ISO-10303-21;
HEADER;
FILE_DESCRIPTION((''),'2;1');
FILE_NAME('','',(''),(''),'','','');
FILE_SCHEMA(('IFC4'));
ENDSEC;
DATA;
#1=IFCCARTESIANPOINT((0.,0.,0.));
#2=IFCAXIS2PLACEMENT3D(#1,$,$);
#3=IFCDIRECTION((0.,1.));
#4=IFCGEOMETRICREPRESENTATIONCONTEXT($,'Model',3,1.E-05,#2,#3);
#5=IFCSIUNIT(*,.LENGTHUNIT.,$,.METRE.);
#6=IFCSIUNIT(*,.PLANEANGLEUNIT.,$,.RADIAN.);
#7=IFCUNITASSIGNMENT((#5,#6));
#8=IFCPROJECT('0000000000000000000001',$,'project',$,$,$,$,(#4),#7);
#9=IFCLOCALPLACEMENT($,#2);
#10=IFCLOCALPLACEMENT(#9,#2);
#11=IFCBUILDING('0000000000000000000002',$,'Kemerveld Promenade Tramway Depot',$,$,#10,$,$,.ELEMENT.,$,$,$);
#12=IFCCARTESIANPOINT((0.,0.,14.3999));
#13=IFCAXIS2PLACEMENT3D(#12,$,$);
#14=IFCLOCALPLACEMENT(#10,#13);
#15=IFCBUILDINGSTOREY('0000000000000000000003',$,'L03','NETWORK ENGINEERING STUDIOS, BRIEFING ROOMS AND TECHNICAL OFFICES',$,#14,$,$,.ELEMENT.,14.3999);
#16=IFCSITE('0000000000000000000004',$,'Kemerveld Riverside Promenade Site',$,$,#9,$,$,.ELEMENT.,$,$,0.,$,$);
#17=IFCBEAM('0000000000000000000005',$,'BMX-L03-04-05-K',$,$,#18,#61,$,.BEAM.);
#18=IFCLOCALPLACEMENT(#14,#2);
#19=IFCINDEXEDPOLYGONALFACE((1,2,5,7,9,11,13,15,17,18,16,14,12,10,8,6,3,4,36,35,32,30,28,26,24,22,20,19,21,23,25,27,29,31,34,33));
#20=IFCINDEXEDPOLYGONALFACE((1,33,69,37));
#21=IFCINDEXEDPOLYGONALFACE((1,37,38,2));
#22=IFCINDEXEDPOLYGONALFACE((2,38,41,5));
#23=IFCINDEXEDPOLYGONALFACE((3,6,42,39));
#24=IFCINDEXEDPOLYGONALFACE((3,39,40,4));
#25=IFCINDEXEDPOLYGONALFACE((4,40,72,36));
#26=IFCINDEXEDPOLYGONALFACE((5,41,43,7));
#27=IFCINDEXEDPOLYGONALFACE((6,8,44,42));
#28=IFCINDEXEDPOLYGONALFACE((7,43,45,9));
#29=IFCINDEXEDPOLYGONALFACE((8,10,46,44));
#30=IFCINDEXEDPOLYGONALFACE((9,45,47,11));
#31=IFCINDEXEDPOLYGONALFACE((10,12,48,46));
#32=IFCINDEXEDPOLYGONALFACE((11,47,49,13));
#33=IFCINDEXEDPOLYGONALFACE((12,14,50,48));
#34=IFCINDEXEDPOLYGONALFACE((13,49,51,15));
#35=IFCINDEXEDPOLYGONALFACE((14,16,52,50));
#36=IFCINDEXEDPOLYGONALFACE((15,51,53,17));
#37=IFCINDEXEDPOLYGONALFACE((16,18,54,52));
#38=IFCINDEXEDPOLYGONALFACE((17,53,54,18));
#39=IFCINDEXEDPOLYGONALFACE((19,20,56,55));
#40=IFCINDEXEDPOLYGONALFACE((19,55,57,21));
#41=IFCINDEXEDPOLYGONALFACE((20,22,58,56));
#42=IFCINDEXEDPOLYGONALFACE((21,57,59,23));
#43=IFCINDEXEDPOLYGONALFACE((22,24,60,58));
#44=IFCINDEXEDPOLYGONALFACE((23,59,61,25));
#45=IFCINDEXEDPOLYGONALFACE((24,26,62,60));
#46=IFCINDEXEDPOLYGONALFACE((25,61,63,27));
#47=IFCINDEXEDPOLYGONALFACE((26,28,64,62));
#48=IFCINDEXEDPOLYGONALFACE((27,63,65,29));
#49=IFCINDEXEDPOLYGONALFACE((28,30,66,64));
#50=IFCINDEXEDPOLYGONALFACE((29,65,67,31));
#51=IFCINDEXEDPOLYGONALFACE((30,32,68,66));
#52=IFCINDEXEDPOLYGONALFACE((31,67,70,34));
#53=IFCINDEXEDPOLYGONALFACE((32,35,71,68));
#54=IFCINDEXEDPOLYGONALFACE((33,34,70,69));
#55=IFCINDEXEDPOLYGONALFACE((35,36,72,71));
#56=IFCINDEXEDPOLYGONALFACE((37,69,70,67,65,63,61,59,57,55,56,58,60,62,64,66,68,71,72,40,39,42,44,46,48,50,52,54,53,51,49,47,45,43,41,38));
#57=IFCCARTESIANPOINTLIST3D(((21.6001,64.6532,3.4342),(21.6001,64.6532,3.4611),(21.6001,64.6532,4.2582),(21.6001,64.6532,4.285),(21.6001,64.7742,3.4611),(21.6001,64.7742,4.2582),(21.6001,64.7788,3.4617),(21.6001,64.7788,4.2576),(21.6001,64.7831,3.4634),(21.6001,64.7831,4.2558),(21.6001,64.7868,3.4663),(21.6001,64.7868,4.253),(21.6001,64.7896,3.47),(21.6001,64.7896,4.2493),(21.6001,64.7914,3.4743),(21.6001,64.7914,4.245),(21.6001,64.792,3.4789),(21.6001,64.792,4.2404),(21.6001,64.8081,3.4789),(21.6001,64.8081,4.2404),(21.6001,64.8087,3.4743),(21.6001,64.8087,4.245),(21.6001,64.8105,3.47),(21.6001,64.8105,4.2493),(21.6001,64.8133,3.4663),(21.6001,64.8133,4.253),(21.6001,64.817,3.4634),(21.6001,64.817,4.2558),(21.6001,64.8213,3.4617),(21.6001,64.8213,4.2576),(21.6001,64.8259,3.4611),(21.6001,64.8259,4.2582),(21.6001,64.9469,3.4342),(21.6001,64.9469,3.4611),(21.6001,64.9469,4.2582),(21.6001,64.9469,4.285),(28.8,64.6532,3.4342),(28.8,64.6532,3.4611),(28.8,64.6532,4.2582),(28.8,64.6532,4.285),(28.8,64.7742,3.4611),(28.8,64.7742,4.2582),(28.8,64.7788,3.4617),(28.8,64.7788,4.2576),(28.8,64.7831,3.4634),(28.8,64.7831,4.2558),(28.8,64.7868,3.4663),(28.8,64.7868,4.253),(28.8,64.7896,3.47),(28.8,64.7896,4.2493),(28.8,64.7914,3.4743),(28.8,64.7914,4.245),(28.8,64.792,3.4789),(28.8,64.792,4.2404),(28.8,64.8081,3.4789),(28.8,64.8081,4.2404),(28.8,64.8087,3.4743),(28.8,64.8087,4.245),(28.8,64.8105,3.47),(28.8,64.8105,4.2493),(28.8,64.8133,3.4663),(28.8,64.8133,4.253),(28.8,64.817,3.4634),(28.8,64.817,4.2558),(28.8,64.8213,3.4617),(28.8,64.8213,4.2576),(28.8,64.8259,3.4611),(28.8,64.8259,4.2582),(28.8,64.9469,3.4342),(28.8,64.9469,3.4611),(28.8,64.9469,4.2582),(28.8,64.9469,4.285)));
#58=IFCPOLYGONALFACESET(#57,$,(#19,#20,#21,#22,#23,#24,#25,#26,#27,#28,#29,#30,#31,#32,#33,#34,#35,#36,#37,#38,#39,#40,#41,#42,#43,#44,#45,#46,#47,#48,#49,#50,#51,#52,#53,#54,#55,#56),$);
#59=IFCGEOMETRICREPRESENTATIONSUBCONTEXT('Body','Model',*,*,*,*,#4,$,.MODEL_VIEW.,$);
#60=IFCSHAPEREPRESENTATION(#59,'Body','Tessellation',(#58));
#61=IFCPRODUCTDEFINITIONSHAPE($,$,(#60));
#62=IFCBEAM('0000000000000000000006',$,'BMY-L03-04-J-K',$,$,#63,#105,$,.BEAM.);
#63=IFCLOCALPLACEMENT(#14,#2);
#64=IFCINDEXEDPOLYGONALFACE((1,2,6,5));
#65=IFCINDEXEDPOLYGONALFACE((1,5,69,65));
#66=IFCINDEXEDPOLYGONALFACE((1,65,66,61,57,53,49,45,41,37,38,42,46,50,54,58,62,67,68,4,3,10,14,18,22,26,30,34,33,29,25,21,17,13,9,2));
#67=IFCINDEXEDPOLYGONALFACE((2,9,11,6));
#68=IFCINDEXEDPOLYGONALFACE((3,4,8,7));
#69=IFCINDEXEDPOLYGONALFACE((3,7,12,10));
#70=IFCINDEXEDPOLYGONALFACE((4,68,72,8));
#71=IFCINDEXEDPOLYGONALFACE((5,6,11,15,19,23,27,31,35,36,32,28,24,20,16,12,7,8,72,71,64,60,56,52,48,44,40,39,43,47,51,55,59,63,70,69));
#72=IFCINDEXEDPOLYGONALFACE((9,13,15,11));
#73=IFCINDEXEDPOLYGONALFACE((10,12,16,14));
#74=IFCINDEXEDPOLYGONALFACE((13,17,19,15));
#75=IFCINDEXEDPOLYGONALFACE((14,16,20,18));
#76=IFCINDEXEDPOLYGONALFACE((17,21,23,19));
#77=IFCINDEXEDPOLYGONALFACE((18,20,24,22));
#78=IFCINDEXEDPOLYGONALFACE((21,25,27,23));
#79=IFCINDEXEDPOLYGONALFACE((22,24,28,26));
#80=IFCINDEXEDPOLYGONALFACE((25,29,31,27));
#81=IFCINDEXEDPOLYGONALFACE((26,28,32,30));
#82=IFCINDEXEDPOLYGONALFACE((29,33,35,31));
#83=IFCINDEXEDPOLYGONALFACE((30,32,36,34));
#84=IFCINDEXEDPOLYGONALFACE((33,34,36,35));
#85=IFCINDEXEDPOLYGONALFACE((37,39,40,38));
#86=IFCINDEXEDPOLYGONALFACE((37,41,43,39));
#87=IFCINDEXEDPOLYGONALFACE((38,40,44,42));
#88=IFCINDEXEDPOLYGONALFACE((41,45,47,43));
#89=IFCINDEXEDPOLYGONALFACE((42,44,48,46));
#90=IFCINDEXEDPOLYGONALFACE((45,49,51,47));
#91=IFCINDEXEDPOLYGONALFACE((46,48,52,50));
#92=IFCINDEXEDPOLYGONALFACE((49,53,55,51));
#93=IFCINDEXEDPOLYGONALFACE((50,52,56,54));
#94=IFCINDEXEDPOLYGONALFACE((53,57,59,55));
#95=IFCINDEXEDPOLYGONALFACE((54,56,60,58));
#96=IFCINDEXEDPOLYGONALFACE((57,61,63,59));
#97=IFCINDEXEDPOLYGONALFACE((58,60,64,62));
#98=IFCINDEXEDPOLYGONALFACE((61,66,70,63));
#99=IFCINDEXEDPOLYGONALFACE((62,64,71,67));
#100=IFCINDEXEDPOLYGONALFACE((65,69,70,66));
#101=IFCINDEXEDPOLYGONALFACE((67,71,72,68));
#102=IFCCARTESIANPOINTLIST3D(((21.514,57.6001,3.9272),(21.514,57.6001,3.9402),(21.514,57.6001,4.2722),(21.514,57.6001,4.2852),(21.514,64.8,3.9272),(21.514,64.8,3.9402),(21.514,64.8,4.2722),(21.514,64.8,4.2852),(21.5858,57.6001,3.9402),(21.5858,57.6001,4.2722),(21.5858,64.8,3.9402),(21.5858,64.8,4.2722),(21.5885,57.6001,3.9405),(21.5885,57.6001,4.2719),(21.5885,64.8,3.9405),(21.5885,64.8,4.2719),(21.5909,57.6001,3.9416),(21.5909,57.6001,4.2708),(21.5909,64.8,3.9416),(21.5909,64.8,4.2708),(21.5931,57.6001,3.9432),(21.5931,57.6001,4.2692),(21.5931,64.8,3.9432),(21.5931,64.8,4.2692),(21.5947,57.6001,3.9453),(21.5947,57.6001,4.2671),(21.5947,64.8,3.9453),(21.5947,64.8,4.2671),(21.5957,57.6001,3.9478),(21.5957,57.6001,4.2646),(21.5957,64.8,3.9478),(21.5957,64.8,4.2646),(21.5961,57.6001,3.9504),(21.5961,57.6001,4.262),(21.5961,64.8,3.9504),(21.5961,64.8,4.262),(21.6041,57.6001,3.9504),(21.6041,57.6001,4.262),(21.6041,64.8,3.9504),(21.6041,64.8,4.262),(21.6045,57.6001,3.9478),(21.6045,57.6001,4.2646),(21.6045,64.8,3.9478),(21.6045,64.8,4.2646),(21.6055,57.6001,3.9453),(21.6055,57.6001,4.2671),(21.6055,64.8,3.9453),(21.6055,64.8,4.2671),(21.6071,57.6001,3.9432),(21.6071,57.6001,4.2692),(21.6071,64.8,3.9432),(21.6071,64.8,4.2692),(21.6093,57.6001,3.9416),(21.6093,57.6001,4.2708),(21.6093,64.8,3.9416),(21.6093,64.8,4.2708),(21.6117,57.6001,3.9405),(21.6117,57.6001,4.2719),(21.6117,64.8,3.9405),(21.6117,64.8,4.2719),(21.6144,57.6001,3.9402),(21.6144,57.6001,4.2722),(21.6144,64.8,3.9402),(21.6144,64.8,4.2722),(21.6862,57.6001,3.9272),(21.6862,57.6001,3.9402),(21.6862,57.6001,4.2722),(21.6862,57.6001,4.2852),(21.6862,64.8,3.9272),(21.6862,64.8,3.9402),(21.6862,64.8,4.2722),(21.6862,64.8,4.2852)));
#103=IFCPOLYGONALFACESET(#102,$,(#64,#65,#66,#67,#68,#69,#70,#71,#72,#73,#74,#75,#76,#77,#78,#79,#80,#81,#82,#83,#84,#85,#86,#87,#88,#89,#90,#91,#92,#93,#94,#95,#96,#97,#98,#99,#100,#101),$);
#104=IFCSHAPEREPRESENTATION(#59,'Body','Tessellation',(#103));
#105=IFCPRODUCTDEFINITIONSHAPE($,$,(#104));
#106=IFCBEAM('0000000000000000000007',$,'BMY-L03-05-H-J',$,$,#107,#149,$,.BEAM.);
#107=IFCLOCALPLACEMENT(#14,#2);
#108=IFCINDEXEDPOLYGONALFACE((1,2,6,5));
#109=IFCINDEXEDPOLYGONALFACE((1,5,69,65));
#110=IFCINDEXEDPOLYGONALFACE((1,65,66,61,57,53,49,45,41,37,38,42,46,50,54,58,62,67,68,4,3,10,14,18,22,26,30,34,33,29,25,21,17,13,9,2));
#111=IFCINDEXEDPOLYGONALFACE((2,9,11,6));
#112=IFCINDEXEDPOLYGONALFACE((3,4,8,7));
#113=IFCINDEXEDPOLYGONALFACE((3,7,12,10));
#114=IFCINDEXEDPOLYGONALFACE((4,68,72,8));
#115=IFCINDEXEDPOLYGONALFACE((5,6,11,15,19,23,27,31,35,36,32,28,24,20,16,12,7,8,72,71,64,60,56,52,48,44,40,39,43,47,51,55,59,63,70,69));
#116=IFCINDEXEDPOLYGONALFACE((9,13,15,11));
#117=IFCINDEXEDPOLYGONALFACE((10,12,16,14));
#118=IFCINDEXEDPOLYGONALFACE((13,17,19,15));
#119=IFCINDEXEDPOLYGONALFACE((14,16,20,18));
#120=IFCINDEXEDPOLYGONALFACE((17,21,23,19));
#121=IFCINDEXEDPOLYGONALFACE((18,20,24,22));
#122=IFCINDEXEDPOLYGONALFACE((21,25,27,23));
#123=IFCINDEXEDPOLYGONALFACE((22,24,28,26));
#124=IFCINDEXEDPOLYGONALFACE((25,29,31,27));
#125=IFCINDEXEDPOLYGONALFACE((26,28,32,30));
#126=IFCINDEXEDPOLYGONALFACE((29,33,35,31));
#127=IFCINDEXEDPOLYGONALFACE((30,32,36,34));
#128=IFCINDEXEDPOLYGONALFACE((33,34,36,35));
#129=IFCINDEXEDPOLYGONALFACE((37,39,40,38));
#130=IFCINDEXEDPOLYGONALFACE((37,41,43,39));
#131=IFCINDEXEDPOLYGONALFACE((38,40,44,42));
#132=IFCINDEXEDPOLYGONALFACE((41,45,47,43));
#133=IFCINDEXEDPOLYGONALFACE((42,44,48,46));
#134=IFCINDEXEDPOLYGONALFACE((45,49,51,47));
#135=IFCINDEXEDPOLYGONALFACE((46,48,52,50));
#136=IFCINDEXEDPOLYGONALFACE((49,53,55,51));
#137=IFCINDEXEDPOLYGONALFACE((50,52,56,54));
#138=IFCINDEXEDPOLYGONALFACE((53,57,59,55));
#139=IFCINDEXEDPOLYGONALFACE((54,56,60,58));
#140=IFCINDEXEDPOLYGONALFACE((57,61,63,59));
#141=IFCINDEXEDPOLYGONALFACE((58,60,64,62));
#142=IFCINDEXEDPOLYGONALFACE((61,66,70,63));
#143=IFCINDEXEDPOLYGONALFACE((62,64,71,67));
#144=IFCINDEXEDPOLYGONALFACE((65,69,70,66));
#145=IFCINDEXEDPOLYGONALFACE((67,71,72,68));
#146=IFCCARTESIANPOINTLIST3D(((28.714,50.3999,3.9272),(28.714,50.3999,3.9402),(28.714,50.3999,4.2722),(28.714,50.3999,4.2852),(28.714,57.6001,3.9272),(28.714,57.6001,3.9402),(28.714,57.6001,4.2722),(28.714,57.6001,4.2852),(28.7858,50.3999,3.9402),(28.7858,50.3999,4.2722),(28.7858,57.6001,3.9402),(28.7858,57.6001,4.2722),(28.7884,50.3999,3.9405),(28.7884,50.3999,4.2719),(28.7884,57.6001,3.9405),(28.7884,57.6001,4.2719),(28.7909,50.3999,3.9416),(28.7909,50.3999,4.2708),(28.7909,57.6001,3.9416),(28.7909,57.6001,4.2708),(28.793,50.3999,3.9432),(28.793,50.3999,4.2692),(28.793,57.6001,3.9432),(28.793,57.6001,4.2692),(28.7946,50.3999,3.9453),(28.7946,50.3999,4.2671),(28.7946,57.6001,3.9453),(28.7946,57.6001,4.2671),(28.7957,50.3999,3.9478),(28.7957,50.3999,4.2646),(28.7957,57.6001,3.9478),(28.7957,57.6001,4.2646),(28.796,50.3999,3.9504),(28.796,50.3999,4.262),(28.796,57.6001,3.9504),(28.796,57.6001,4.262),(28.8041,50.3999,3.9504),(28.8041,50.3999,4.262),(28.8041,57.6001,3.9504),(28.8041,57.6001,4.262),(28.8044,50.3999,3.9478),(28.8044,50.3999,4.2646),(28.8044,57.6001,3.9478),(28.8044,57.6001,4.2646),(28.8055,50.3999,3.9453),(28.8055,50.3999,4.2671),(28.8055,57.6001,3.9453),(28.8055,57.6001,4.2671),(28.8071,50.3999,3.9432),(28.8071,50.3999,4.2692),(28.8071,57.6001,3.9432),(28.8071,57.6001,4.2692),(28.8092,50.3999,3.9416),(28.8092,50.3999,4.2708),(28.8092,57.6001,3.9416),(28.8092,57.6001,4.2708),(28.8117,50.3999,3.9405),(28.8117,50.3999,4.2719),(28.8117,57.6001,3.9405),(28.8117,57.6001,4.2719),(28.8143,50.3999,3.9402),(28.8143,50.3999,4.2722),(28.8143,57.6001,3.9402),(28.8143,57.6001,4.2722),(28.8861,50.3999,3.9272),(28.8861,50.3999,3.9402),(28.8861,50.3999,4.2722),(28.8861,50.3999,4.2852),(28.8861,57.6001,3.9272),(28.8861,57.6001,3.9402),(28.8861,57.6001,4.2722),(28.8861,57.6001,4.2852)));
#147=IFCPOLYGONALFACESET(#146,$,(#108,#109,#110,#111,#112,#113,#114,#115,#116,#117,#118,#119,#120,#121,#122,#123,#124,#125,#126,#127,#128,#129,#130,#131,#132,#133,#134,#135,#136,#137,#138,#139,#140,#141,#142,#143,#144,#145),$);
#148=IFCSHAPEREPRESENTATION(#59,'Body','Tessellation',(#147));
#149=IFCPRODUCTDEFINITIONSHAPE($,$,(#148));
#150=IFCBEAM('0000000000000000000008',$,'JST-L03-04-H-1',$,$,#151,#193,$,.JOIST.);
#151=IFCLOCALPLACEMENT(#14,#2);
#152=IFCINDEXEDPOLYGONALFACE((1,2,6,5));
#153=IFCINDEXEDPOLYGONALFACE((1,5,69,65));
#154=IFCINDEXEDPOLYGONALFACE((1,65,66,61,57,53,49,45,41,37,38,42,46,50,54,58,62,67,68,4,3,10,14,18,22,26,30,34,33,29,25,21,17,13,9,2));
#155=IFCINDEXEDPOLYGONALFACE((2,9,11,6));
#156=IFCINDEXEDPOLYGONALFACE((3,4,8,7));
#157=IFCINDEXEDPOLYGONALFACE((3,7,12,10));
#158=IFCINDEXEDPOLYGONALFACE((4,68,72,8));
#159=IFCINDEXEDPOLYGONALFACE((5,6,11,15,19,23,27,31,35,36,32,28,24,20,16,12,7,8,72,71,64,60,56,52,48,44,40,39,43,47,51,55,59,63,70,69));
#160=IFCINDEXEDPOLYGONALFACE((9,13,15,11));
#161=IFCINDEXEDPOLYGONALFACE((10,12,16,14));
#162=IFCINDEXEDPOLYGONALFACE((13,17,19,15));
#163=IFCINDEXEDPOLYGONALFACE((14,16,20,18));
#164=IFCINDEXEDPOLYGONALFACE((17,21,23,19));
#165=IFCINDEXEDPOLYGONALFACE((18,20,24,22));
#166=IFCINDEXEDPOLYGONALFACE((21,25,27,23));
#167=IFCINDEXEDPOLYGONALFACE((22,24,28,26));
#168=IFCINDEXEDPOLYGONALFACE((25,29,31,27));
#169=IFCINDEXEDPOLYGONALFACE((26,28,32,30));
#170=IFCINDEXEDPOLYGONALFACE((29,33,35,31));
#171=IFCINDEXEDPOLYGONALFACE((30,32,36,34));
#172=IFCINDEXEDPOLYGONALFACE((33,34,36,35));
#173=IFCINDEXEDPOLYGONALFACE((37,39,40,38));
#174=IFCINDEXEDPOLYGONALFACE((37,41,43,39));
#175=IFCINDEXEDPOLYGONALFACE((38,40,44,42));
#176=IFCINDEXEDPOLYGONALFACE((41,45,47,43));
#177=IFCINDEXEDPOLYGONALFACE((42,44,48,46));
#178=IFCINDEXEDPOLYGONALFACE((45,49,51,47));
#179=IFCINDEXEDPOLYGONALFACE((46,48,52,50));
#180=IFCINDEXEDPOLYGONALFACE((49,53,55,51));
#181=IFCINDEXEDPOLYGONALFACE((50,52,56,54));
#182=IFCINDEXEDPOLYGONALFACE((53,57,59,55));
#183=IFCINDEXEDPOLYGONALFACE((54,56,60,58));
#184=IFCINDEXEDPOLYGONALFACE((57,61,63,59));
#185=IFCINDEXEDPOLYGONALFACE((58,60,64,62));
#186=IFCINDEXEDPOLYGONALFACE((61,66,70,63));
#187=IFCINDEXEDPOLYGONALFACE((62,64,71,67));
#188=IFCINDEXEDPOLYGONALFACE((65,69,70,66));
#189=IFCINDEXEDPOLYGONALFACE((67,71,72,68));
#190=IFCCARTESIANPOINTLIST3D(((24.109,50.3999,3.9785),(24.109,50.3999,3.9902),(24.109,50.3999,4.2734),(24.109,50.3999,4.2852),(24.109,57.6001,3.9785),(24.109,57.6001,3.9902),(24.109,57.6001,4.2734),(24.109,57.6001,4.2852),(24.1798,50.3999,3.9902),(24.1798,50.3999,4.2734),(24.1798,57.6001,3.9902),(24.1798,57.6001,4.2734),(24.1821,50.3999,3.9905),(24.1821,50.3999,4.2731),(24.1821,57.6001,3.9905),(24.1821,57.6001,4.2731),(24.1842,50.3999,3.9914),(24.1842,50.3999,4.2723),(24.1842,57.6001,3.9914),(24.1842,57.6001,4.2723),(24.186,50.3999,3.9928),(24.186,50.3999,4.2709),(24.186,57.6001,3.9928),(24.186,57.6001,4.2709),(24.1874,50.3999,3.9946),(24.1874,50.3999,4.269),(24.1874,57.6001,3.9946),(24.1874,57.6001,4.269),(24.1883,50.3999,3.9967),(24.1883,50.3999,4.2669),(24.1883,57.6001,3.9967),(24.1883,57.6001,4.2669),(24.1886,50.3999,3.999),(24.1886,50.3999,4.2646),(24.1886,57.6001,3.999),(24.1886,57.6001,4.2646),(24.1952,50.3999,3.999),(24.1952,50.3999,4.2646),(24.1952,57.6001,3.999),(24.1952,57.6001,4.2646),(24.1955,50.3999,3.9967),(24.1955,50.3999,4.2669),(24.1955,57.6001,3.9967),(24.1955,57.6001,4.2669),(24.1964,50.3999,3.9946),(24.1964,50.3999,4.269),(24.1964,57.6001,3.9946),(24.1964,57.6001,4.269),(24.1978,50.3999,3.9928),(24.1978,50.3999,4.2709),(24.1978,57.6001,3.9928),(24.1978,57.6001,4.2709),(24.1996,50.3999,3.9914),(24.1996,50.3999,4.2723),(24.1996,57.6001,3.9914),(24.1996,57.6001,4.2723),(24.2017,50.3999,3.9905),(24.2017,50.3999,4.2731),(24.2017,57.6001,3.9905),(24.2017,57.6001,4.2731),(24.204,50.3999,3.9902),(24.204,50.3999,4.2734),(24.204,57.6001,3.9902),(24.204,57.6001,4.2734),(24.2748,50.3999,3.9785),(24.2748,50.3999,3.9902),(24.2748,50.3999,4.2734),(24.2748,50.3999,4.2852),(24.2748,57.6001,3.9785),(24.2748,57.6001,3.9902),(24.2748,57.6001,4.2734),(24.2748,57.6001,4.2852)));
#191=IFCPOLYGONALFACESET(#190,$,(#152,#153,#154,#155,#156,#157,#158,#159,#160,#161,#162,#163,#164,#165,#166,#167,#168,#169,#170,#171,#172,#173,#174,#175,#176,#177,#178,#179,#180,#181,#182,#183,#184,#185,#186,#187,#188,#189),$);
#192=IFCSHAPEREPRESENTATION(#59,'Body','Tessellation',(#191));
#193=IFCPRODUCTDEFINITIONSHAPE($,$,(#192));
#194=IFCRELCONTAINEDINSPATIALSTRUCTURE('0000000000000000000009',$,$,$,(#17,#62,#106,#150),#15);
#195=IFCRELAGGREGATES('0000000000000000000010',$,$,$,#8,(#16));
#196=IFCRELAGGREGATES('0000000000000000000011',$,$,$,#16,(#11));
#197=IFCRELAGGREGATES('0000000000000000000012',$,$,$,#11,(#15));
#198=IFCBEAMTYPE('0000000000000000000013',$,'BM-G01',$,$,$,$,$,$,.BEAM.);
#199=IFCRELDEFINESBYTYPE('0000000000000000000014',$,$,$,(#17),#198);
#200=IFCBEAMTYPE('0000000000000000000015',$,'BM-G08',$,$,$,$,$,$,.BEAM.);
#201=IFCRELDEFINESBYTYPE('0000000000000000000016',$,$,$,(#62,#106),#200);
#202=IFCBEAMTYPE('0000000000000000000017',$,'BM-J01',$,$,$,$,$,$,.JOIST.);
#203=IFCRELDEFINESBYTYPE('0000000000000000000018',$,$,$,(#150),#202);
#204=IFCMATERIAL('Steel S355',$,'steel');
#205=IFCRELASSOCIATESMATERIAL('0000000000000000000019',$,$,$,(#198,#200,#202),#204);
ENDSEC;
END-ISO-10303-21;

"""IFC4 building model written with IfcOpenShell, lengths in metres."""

from ifc_helpers import new_model, si_unit, direction, frame, origin, origin_2d, place, context, subcontext, project, spatial, i_section, extrude, material, material_profile, profile_set, type_object, element, save


model = new_model("IFC4")

# Units and contexts
model_context = context("Model", 3, precision=1e-05, world=origin(), true_north=direction((0.0, 1.0)))
body_context = subcontext(model_context, "Body", "Model", "MODEL_VIEW")
ifc_project = project(units=[si_unit("LENGTHUNIT", "METRE"), si_unit("PLANEANGLEUNIT", "RADIAN")], contexts=[model_context])

# Site, building, storey
site_placement = place(None, origin())
site = spatial("IfcSite", under=ifc_project, at=site_placement, Name="Kemerveld Riverside Promenade Site", CompositionType="ELEMENT", RefElevation=0.0)
building_placement = place(site_placement, origin())
building = spatial("IfcBuilding", under=site, at=building_placement, Name="Kemerveld Promenade Tramway Depot", CompositionType="ELEMENT")
storey_placement = place(building_placement, frame((0.0, 0.0, 14.3999)))
storey = spatial("IfcBuildingStorey", under=building, at=storey_placement, Name="L03", Description="NETWORK ENGINEERING STUDIOS, BRIEFING ROOMS AND TECHNICAL OFFICES", CompositionType="ELEMENT", Elevation=14.3999)

# Shared definitions
ifc_material_1 = material(Name="Steel S355", Category="steel")

# Beams
ifc_material_profile_1 = material_profile(ifc_material_1, i_section(OverallWidth=0.2937, OverallDepth=0.8508, WebThickness=0.0161, FlangeThickness=0.0269, FilletRadius=0.0178, at=origin_2d()), Name="838x292x226 UB")
ifc_profile_set_1 = profile_set([ifc_material_profile_1], Name="Steel S355")
beam_type_1 = type_object("IfcBeamType", Name="BM-G01", PredefinedType="BEAM", material=ifc_profile_set_1)
beam_1_placement = place(storey_placement, frame((21.6001, 64.8, 3.8596), z_axis=(1.0, 0.0, 0.0), x_axis=(0.0, 1.0, 0.0)))
element("IfcBeam", 1, at=beam_1_placement, inside=storey, type_object=beam_type_1, Name="BMX-L03-04-05-K", PredefinedType="BEAM", context=body_context, shape_type="SweptSolid", body=[
    extrude(i_section(OverallWidth=0.2937, OverallDepth=0.8508, WebThickness=0.0161, FlangeThickness=0.0269, FilletRadius=0.0178, at=origin_2d()), origin(), (0.0, 0.0, 1.0), 7.2),
])
ifc_material_profile_2 = material_profile(ifc_material_1, i_section(OverallWidth=0.1721, OverallDepth=0.3579, WebThickness=0.0081, FlangeThickness=0.0129, FilletRadius=0.0103, at=origin_2d()), Name="356x171x57 UB")
ifc_profile_set_2 = profile_set([ifc_material_profile_2], Name="Steel S355")
beam_type_2 = type_object("IfcBeamType", Name="BM-G08", PredefinedType="BEAM", material=ifc_profile_set_2)
beam_2_placement = place(storey_placement, frame((21.6001, 57.6001, 4.1062), z_axis=(0.0, 1.0, 0.0), x_axis=(-1.0, 0.0, 0.0)))
element("IfcBeam", 2, at=beam_2_placement, inside=storey, type_object=beam_type_2, Name="BMY-L03-04-J-K", PredefinedType="BEAM", context=body_context, shape_type="SweptSolid", body=[
    extrude(i_section(OverallWidth=0.1721, OverallDepth=0.3579, WebThickness=0.0081, FlangeThickness=0.0129, FilletRadius=0.0103, at=origin_2d()), origin(), (0.0, 0.0, 1.0), 7.2),
])
beam_3_placement = place(storey_placement, frame((28.8, 50.3999, 4.1062), z_axis=(0.0, 1.0, 0.0), x_axis=(-1.0, 0.0, 0.0)))
element("IfcBeam", 3, at=beam_3_placement, inside=storey, type_object=beam_type_2, Name="BMY-L03-05-H-J", PredefinedType="BEAM", context=body_context, shape_type="SweptSolid", body=[
    extrude(i_section(OverallWidth=0.1721, OverallDepth=0.3579, WebThickness=0.0081, FlangeThickness=0.0129, FilletRadius=0.0103, at=origin_2d()), origin(), (0.0, 0.0, 1.0), 7.2002),
])
ifc_material_profile_3 = material_profile(ifc_material_1, i_section(OverallWidth=0.1658, OverallDepth=0.3066, WebThickness=0.0066, FlangeThickness=0.0117, FilletRadius=0.0088, at=origin_2d()), Name="305x165x46 UB")
ifc_profile_set_3 = profile_set([ifc_material_profile_3], Name="Steel S355")
beam_type_3 = type_object("IfcBeamType", Name="BM-J01", PredefinedType="JOIST", material=ifc_profile_set_3)
for number, where, z_axis, x_axis, name in (
    (4, (24.1919, 50.3999, 4.1318), (0.0, 1.0, 0.0), (-1.0, 0.0, 0.0), "JST-L03-04-H-1"),
):
    element("IfcBeam", number, at=place(storey_placement, frame(where, z_axis=z_axis, x_axis=x_axis)), inside=storey, type_object=beam_type_3, Name=name, PredefinedType="JOIST", context=body_context, shape_type="SweptSolid", body=[
        extrude(i_section(OverallWidth=0.1658, OverallDepth=0.3066, WebThickness=0.0066, FlangeThickness=0.0117, FilletRadius=0.0088, at=origin_2d()), origin(), (0.0, 0.0, 1.0), 7.2002),
    ])

save(model, "model.ifc")
